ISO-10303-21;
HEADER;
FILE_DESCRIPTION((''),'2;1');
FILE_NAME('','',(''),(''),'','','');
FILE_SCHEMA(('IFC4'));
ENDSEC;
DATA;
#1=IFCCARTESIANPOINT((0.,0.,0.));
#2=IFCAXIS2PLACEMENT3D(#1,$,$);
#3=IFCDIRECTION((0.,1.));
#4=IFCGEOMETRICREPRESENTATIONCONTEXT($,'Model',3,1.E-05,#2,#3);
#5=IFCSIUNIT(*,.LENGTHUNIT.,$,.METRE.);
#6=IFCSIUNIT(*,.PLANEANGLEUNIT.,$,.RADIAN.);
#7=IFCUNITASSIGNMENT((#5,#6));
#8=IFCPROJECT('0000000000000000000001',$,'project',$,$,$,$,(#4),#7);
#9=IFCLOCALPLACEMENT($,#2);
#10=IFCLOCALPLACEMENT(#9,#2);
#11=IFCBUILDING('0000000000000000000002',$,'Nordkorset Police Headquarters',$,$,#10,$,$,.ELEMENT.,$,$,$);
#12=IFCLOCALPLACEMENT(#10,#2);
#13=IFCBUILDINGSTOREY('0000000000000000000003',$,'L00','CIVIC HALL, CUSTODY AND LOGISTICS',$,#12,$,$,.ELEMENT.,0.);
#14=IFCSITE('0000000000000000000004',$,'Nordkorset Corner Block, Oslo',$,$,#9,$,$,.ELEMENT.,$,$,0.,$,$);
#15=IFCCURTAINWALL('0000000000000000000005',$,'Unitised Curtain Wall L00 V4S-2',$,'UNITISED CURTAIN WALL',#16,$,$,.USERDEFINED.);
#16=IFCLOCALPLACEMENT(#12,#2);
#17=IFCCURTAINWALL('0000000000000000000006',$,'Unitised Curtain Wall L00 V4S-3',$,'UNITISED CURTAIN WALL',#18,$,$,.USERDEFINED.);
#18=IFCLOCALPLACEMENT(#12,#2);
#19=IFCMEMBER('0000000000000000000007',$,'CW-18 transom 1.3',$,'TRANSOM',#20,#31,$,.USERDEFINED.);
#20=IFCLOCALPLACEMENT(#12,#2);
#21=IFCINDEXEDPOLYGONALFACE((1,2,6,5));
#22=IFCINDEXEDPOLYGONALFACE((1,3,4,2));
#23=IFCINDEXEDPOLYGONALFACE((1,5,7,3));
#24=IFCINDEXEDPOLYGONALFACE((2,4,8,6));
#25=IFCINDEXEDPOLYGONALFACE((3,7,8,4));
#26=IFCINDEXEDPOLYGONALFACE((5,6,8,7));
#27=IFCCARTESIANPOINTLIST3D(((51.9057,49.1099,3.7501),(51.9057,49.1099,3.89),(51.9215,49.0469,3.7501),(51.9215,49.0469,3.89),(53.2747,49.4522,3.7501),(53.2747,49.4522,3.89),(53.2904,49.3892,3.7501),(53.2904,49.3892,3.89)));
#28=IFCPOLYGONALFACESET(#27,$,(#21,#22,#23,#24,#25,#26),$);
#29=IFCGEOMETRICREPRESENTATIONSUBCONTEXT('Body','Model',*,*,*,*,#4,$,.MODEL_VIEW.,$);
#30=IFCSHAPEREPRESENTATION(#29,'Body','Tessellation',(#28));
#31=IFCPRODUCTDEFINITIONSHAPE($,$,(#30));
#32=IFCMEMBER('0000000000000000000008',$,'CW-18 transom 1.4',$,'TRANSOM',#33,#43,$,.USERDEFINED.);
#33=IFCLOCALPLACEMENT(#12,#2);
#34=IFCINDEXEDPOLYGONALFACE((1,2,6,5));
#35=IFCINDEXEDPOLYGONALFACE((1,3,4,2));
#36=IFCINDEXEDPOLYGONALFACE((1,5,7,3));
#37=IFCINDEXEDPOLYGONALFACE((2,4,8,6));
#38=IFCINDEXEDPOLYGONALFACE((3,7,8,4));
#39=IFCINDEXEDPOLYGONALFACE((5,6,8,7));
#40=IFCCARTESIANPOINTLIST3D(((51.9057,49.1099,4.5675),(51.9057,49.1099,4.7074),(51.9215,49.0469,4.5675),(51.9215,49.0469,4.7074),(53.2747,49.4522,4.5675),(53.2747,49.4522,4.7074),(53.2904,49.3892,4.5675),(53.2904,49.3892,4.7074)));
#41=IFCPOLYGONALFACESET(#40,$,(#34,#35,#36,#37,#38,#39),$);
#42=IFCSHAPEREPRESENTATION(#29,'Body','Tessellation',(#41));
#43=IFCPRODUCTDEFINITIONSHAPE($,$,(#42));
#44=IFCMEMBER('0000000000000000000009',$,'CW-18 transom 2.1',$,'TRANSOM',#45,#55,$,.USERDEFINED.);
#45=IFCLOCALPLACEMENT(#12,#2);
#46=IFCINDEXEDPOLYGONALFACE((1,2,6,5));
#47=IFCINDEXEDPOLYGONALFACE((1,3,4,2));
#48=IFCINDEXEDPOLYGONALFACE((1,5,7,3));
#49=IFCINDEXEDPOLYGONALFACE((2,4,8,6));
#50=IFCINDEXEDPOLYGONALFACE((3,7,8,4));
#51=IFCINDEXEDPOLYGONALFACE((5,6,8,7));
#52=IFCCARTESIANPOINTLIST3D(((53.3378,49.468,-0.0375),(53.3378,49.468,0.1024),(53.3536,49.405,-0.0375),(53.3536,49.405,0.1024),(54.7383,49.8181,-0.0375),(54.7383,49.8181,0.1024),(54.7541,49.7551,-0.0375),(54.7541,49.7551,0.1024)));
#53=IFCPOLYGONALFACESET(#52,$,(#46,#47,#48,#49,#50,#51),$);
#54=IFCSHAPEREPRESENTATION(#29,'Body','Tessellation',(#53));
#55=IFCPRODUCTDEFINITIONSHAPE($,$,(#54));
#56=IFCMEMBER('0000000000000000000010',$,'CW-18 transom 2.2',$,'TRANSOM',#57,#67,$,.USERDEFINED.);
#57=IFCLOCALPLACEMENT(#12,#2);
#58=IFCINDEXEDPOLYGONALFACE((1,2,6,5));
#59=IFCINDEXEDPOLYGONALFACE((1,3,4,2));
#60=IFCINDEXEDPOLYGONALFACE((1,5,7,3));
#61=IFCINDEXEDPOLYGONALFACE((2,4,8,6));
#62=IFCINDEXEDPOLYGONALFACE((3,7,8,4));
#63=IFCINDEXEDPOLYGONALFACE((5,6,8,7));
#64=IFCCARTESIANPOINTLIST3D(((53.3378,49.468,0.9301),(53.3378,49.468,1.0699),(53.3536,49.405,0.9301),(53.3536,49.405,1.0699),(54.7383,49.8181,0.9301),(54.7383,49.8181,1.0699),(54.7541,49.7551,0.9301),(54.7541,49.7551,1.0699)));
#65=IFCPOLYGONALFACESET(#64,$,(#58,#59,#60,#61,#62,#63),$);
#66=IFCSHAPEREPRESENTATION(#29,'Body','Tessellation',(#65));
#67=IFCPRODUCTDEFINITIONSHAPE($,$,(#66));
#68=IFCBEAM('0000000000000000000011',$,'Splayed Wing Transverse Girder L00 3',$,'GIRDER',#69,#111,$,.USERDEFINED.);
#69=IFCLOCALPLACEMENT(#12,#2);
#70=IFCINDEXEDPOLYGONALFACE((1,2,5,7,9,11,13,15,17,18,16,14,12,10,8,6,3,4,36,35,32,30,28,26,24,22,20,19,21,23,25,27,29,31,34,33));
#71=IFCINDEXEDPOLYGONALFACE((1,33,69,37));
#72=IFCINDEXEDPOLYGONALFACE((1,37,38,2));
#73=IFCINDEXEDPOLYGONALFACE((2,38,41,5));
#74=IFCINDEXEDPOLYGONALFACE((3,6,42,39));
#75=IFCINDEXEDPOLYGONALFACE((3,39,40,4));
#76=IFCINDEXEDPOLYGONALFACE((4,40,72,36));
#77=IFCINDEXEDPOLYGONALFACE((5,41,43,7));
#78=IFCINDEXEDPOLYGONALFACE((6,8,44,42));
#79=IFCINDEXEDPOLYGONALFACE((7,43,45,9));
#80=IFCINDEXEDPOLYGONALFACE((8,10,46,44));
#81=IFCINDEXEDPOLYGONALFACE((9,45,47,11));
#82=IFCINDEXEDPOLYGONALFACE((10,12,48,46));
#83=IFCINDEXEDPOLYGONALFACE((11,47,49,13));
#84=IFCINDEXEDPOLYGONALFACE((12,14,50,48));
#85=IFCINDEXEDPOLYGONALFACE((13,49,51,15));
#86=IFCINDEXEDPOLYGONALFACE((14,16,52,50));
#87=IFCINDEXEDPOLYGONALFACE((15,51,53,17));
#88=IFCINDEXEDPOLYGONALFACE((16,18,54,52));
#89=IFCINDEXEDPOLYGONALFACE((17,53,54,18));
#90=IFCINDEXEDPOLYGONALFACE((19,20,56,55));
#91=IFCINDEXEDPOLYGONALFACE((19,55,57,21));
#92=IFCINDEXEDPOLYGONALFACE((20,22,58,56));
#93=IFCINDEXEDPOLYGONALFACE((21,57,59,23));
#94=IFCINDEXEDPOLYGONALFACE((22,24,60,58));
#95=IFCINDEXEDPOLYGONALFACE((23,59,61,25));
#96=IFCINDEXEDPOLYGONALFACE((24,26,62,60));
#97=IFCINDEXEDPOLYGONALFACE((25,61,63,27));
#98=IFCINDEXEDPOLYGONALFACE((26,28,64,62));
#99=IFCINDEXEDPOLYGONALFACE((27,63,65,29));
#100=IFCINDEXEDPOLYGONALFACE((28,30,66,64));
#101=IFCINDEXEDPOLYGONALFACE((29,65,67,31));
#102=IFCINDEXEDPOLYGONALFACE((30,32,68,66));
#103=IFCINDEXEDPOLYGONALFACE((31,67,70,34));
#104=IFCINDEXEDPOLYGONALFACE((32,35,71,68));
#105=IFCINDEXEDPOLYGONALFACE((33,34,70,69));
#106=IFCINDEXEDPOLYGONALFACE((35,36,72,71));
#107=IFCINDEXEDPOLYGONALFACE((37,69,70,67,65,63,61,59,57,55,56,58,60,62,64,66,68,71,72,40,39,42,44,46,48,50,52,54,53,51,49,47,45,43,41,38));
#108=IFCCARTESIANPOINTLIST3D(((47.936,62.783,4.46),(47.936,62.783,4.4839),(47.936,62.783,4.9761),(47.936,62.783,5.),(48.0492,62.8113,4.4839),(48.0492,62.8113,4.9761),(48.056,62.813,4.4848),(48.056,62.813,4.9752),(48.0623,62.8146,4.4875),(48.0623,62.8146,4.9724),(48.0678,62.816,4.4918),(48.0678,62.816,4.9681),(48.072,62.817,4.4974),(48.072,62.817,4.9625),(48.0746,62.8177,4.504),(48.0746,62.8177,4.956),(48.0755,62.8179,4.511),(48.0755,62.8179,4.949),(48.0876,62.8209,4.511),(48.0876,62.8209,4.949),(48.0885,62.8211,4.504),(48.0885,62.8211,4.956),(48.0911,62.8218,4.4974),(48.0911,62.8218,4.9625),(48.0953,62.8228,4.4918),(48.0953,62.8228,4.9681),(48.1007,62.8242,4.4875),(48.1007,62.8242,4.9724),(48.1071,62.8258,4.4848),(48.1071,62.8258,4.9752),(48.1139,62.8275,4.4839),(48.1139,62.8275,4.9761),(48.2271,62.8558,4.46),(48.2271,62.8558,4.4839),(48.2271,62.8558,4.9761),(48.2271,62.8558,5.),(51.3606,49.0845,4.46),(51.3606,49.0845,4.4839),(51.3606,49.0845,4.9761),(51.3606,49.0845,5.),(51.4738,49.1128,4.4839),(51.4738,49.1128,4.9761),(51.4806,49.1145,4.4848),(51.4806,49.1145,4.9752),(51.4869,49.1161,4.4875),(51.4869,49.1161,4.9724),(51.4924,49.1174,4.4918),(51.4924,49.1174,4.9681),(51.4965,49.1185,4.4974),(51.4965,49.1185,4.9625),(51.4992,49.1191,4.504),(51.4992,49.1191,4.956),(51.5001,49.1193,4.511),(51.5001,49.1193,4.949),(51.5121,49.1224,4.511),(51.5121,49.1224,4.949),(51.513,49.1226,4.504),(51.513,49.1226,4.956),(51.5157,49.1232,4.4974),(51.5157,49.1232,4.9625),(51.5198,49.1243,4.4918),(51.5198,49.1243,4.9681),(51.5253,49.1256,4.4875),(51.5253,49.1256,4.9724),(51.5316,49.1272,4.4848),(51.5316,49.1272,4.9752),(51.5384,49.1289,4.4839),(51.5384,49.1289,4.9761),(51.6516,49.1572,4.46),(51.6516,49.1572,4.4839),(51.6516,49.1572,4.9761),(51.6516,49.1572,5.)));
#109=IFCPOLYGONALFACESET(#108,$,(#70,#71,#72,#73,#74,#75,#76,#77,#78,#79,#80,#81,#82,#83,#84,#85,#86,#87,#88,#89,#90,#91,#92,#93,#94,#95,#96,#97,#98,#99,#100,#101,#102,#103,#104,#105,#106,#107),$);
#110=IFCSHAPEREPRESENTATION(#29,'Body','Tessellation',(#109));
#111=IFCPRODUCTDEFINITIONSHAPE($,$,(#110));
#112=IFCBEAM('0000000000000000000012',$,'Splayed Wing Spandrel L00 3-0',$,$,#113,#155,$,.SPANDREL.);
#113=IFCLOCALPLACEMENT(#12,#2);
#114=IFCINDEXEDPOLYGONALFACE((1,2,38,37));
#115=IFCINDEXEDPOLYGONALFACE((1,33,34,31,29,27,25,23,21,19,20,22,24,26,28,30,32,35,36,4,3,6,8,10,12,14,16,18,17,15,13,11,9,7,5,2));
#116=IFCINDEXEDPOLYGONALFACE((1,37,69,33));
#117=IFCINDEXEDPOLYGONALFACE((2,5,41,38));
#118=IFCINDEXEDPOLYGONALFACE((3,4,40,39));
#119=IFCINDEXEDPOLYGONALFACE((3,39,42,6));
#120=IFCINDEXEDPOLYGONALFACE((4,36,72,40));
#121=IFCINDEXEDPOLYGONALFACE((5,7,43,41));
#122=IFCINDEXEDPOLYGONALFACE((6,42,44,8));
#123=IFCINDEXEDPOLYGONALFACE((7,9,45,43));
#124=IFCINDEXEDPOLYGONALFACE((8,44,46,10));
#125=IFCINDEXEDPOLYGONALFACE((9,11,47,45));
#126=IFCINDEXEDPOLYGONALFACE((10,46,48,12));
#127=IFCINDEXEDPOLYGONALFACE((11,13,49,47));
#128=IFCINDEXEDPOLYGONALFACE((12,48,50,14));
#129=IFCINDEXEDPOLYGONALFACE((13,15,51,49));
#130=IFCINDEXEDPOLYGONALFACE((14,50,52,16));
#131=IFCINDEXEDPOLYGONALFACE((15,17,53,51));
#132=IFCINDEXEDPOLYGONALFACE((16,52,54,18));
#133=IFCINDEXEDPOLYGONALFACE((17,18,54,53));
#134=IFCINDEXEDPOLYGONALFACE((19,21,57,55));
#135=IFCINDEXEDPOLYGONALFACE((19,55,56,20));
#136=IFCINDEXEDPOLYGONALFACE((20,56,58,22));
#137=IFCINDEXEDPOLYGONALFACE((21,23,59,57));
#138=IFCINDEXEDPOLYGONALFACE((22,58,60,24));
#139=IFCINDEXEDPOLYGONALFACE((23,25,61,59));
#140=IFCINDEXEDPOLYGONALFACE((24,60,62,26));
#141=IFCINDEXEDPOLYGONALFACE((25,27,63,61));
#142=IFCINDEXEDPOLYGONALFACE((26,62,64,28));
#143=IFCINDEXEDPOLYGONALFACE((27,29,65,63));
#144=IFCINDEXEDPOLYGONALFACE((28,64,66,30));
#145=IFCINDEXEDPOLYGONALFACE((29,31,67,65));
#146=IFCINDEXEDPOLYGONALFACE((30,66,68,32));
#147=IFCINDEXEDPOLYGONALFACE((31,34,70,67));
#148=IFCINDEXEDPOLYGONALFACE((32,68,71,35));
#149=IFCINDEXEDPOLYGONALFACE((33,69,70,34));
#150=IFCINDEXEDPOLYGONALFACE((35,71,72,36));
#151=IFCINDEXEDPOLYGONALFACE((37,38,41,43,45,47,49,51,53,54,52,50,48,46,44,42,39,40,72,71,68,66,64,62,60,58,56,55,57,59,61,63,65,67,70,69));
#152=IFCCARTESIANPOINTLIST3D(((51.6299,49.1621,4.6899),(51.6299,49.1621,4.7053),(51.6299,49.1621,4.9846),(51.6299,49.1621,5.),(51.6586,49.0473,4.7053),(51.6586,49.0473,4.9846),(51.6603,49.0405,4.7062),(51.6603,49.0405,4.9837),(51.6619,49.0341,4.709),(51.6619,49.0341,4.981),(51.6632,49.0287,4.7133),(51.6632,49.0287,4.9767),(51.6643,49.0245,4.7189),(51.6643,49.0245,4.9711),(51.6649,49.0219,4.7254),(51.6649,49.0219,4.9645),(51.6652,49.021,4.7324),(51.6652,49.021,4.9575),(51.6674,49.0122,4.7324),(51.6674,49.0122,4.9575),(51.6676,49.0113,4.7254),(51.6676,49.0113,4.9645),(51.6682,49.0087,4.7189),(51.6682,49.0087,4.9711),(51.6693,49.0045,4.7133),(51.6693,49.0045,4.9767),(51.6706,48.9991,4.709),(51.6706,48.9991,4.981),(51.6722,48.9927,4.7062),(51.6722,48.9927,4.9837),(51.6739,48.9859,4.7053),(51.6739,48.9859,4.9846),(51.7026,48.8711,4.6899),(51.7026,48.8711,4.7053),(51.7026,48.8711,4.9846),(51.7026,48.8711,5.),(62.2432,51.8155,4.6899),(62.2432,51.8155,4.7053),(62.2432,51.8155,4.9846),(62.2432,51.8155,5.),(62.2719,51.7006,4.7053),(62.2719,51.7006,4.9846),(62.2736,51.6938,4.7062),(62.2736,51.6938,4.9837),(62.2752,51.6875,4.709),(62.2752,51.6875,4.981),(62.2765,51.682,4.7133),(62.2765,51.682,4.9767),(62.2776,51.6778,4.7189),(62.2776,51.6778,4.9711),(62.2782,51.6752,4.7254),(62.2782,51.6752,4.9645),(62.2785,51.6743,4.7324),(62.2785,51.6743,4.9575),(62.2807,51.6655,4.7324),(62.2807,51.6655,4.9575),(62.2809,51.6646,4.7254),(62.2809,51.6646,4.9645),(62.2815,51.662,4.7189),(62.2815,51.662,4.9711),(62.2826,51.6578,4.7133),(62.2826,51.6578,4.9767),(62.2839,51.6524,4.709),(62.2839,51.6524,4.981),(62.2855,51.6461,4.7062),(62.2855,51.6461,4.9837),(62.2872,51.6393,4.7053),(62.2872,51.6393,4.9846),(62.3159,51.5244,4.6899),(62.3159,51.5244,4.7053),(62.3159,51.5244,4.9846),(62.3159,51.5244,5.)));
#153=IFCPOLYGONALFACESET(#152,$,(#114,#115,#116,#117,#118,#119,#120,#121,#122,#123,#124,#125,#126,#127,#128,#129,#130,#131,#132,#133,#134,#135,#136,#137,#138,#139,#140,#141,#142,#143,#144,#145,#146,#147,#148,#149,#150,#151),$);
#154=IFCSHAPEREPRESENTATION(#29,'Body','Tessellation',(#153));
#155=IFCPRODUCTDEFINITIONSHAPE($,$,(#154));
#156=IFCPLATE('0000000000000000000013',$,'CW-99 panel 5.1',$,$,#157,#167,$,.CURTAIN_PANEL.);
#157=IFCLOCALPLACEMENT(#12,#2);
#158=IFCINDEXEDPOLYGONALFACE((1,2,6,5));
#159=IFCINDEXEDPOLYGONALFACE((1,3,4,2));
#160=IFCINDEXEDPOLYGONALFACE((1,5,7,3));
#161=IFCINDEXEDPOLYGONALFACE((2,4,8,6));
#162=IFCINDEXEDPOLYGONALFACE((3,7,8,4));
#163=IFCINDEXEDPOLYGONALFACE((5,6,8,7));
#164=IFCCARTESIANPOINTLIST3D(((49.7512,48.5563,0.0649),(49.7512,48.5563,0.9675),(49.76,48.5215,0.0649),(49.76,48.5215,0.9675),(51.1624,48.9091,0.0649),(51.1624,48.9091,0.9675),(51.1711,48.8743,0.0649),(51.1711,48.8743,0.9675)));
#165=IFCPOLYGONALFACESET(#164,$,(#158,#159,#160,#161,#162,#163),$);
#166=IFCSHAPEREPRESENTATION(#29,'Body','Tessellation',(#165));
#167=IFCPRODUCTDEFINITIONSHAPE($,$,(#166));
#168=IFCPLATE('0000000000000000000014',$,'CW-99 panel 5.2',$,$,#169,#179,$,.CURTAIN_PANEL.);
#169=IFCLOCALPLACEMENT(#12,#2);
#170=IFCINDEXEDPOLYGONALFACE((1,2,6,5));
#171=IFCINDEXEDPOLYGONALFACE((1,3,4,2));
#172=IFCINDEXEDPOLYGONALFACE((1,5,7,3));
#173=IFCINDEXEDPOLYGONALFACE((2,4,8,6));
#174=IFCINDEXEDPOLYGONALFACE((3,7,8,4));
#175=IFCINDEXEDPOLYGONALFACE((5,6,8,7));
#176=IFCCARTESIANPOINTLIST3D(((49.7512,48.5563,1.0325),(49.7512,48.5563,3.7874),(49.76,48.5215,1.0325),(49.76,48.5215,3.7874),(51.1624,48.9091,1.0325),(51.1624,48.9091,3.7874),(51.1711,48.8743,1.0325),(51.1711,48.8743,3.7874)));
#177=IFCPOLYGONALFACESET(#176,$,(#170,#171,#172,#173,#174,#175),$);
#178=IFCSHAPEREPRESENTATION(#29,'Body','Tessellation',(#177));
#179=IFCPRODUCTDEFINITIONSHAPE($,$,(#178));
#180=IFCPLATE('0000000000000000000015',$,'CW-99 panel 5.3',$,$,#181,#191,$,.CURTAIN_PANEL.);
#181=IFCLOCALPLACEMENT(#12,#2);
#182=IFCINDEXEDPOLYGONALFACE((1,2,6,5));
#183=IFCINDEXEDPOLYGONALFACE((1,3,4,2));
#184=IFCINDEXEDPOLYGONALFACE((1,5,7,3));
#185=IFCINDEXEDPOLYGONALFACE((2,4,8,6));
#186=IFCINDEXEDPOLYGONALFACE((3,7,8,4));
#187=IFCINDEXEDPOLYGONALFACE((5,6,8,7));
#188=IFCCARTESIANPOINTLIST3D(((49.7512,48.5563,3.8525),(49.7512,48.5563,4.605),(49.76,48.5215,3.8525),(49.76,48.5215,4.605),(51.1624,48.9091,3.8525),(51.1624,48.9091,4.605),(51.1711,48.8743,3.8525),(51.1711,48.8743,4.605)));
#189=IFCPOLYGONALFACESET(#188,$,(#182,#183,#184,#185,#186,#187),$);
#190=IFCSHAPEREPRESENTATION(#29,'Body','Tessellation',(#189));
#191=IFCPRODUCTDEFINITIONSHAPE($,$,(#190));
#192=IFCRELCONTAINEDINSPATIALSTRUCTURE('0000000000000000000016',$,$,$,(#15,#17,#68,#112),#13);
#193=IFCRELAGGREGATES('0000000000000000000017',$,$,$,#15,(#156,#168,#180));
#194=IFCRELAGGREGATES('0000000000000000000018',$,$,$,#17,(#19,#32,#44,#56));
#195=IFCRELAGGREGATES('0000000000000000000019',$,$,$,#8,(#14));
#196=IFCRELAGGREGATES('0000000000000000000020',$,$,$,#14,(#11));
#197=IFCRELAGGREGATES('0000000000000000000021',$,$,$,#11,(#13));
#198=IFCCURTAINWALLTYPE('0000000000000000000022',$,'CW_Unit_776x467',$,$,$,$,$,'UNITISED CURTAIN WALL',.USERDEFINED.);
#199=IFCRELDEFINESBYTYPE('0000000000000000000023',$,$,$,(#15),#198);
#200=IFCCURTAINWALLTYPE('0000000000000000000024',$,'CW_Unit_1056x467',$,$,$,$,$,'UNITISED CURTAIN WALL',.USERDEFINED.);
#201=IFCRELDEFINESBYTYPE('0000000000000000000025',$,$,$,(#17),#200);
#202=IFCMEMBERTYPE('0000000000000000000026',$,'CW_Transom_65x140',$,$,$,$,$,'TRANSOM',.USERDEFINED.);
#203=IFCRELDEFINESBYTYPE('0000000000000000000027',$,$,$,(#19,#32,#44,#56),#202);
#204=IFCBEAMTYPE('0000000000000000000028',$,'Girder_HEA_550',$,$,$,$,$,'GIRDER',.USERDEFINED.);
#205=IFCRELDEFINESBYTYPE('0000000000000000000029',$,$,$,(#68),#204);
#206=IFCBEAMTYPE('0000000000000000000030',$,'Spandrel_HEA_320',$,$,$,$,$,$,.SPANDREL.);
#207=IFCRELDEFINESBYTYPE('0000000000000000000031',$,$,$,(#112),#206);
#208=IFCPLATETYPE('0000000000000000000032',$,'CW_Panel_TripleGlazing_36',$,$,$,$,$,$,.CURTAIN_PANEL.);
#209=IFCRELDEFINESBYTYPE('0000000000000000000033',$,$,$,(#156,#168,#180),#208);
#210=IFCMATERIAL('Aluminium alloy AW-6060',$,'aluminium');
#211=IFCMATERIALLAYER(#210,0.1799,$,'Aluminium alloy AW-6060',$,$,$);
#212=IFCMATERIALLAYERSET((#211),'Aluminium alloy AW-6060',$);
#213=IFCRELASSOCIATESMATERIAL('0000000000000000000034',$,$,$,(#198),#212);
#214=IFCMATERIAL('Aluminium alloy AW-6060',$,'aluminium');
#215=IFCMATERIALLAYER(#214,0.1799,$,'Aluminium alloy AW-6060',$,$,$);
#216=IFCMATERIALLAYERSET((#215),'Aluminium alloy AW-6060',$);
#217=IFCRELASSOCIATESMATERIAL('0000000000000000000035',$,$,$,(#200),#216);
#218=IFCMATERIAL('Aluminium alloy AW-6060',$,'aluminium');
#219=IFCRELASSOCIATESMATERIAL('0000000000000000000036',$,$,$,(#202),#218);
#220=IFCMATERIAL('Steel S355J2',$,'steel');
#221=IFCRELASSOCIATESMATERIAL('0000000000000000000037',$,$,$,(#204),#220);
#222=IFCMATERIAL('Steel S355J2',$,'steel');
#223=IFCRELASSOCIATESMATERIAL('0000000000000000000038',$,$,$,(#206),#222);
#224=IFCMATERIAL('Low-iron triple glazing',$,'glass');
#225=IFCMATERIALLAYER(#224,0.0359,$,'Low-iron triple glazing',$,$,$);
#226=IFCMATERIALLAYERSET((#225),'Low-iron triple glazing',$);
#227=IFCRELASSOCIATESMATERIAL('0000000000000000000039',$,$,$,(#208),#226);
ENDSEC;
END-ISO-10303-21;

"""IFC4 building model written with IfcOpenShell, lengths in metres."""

from ifc_helpers import new_model, si_unit, direction, frame, origin, origin_2d, place, context, subcontext, project, spatial, rectangle, i_section, extrude, material, layer, layer_set, material_profile, profile_set, type_object, element, aggregate, save


model = new_model("IFC4")

# Units and contexts
model_context = context("Model", 3, precision=1e-05, world=origin(), true_north=direction((0.0, 1.0)))
body_context = subcontext(model_context, "Body", "Model", "MODEL_VIEW")
ifc_project = project(units=[si_unit("LENGTHUNIT", "METRE"), si_unit("PLANEANGLEUNIT", "RADIAN")], contexts=[model_context])

# Site, building, storey
site_placement = place(None, origin())
site = spatial("IfcSite", under=ifc_project, at=site_placement, Name="Nordkorset Corner Block, Oslo", CompositionType="ELEMENT", RefElevation=0.0)
building_placement = place(site_placement, origin())
building = spatial("IfcBuilding", under=site, at=building_placement, Name="Nordkorset Police Headquarters", CompositionType="ELEMENT")
storey_placement = place(building_placement, origin())
storey = spatial("IfcBuildingStorey", under=building, at=storey_placement, Name="L00", Description="CIVIC HALL, CUSTODY AND LOGISTICS", CompositionType="ELEMENT", Elevation=0.0)

# Curtain walls
ifc_material_1 = material(Name="Aluminium alloy AW-6060", Category="aluminium")
ifc_layer_1 = layer(ifc_material_1, 0.1799, Name="Aluminium alloy AW-6060")
ifc_layer_set_1 = layer_set([ifc_layer_1], Name="Aluminium alloy AW-6060")
curtain_wall_type_1 = type_object("IfcCurtainWallType", Name="CW_Unit_776x467", ElementType="UNITISED CURTAIN WALL", PredefinedType="USERDEFINED", material=ifc_layer_set_1)
curtain_wall_1_placement = place(storey_placement, origin())
curtain_wall_1 = element("IfcCurtainWall", 1, at=curtain_wall_1_placement, inside=storey, type_object=curtain_wall_type_1, Name="Unitised Curtain Wall L00 V4S-2", ObjectType="UNITISED CURTAIN WALL", PredefinedType="USERDEFINED")
ifc_material_2 = material(Name="Aluminium alloy AW-6060", Category="aluminium")
ifc_layer_2 = layer(ifc_material_2, 0.1799, Name="Aluminium alloy AW-6060")
ifc_layer_set_2 = layer_set([ifc_layer_2], Name="Aluminium alloy AW-6060")
curtain_wall_type_2 = type_object("IfcCurtainWallType", Name="CW_Unit_1056x467", ElementType="UNITISED CURTAIN WALL", PredefinedType="USERDEFINED", material=ifc_layer_set_2)
curtain_wall_2_placement = place(storey_placement, origin())
curtain_wall_2 = element("IfcCurtainWall", 2, at=curtain_wall_2_placement, inside=storey, type_object=curtain_wall_type_2, Name="Unitised Curtain Wall L00 V4S-3", ObjectType="UNITISED CURTAIN WALL", PredefinedType="USERDEFINED")

# Members
ifc_material_3 = material(Name="Aluminium alloy AW-6060", Category="aluminium")
ifc_material_profile_1 = material_profile(ifc_material_3, rectangle(XDim=0.0649, YDim=0.1399, at=origin_2d()), Name="ALU TRAN 65x140")
ifc_profile_set_1 = profile_set([ifc_material_profile_1], Name="Aluminium alloy AW-6060")
member_type_1 = type_object("IfcMemberType", Name="CW_Transom_65x140", ElementType="TRANSOM", PredefinedType="USERDEFINED", material=ifc_profile_set_1)
member_1_placement = place(storey_placement, frame((51.9136, 49.0784, 3.8201), z_axis=(0.970132, 0.242576, 0.0), x_axis=(-0.242576, 0.970132, 0.0)))
member_1 = element("IfcMember", 3, at=member_1_placement, type_object=member_type_1, Name="CW-18 transom 1.3", ObjectType="TRANSOM", PredefinedType="USERDEFINED", context=body_context, shape_type="SweptSolid", body=[
    extrude(rectangle(XDim=0.0649, YDim=0.1399, at=origin_2d()), origin(), (0.0, 0.0, 1.0), 1.4111),
])
member_2_placement = place(storey_placement, frame((51.9136, 49.0784, 4.6375), z_axis=(0.970132, 0.242576, 0.0), x_axis=(-0.242576, 0.970132, 0.0)))
member_2 = element("IfcMember", 4, at=member_2_placement, type_object=member_type_1, Name="CW-18 transom 1.4", ObjectType="TRANSOM", PredefinedType="USERDEFINED", context=body_context, shape_type="SweptSolid", body=[
    extrude(rectangle(XDim=0.0649, YDim=0.1399, at=origin_2d()), origin(), (0.0, 0.0, 1.0), 1.4111),
])
member_3_placement = place(storey_placement, frame((53.3457, 49.4365, 0.0325), z_axis=(0.970143, 0.242536, 0.0), x_axis=(-0.242536, 0.970143, 0.0)))
member_3 = element("IfcMember", 5, at=member_3_placement, type_object=member_type_1, Name="CW-18 transom 2.1", ObjectType="TRANSOM", PredefinedType="USERDEFINED", context=body_context, shape_type="SweptSolid", body=[
    extrude(rectangle(XDim=0.0649, YDim=0.1399, at=origin_2d()), origin(), (0.0, 0.0, 1.0), 1.4436),
])
member_4_placement = place(storey_placement, frame((53.3457, 49.4365, 1.0), z_axis=(0.970143, 0.242536, 0.0), x_axis=(-0.242536, 0.970143, 0.0)))
member_4 = element("IfcMember", 6, at=member_4_placement, type_object=member_type_1, Name="CW-18 transom 2.2", ObjectType="TRANSOM", PredefinedType="USERDEFINED", context=body_context, shape_type="SweptSolid", body=[
    extrude(rectangle(XDim=0.0649, YDim=0.1399, at=origin_2d()), origin(), (0.0, 0.0, 1.0), 1.4436),
])

# Beams
ifc_material_4 = material(Name="Steel S355J2", Category="steel")
ifc_material_profile_2 = material_profile(ifc_material_4, i_section(OverallWidth=0.3, OverallDepth=0.54, WebThickness=0.0125, FlangeThickness=0.0239, FilletRadius=0.0271, at=origin_2d()), Name="HEA 550")
ifc_profile_set_2 = profile_set([ifc_material_profile_2], Name="Steel S355J2")
beam_type_1 = type_object("IfcBeamType", Name="Girder_HEA_550", ElementType="GIRDER", PredefinedType="USERDEFINED", material=ifc_profile_set_2)
beam_1_placement = place(storey_placement, frame((51.5061, 49.1208, 4.73), z_axis=(-0.242532, 0.970144, 0.0), x_axis=(-0.970144, -0.242532, 0.0)))
element("IfcBeam", 7, at=beam_1_placement, inside=storey, type_object=beam_type_1, Name="Splayed Wing Transverse Girder L00 3", ObjectType="GIRDER", PredefinedType="USERDEFINED", context=body_context, shape_type="SweptSolid", body=[
    extrude(i_section(OverallWidth=0.3, OverallDepth=0.54, WebThickness=0.0125, FlangeThickness=0.0239, FilletRadius=0.0271, at=origin_2d()), origin(), (0.0, 0.0, 1.0), 14.1201),
])
ifc_material_5 = material(Name="Steel S355J2", Category="steel")
ifc_material_profile_3 = material_profile(ifc_material_5, i_section(OverallWidth=0.3, OverallDepth=0.3101, WebThickness=0.009, FlangeThickness=0.0154, FilletRadius=0.0271, at=origin_2d()), Name="HEA 320")
ifc_profile_set_3 = profile_set([ifc_material_profile_3], Name="Steel S355J2")
beam_type_2 = type_object("IfcBeamType", Name="Spandrel_HEA_320", PredefinedType="SPANDREL", material=ifc_profile_set_3)
beam_2_placement = place(storey_placement, frame((51.6663, 49.0166, 4.845), z_axis=(0.970143, 0.242536, 0.0), x_axis=(-0.242536, 0.970143, 0.0)))
element("IfcBeam", 8, at=beam_2_placement, inside=storey, type_object=beam_type_2, Name="Splayed Wing Spandrel L00 3-0", PredefinedType="SPANDREL", context=body_context, shape_type="SweptSolid", body=[
    extrude(i_section(OverallWidth=0.3, OverallDepth=0.3101, WebThickness=0.009, FlangeThickness=0.0154, FilletRadius=0.0271, at=origin_2d()), origin(), (0.0, 0.0, 1.0), 10.9399),
])

# Plates
ifc_material_6 = material(Name="Low-iron triple glazing", Category="glass")
ifc_layer_3 = layer(ifc_material_6, 0.0359, Name="Low-iron triple glazing")
ifc_layer_set_3 = layer_set([ifc_layer_3], Name="Low-iron triple glazing")
plate_type = type_object("IfcPlateType", Name="CW_Panel_TripleGlazing_36", PredefinedType="CURTAIN_PANEL", material=ifc_layer_set_3)
plate_1_placement = place(storey_placement, frame((50.4612, 48.7153, 0.0649), z_axis=(0.0, 0.0, 1.0), x_axis=(0.970143, 0.242535, 0.0)))
plate_1 = element("IfcPlate", 9, at=plate_1_placement, type_object=plate_type, Name="CW-99 panel 5.1", PredefinedType="CURTAIN_PANEL", context=body_context, shape_type="SweptSolid", body=[
    extrude(rectangle(XDim=1.4546, YDim=0.0359, at=origin_2d()), origin(), (0.0, 0.0, 1.0), 0.9026),
])
plate_2_placement = place(storey_placement, frame((50.4612, 48.7153, 1.0325), z_axis=(0.0, 0.0, 1.0), x_axis=(0.970143, 0.242535, 0.0)))
plate_2 = element("IfcPlate", 10, at=plate_2_placement, type_object=plate_type, Name="CW-99 panel 5.2", PredefinedType="CURTAIN_PANEL", context=body_context, shape_type="SweptSolid", body=[
    extrude(rectangle(XDim=1.4546, YDim=0.0359, at=origin_2d()), origin(), (0.0, 0.0, 1.0), 2.7549),
])
plate_3_placement = place(storey_placement, frame((50.4612, 48.7153, 3.8525), z_axis=(0.0, 0.0, 1.0), x_axis=(0.970143, 0.242535, 0.0)))
plate_3 = element("IfcPlate", 11, at=plate_3_placement, type_object=plate_type, Name="CW-99 panel 5.3", PredefinedType="CURTAIN_PANEL", context=body_context, shape_type="SweptSolid", body=[
    extrude(rectangle(XDim=1.4546, YDim=0.0359, at=origin_2d()), origin(), (0.0, 0.0, 1.0), 0.7524),
])
aggregate(curtain_wall_1, [plate_1, plate_2, plate_3])
aggregate(curtain_wall_2, [member_1, member_2, member_3, member_4])

save(model, "model.ifc")
